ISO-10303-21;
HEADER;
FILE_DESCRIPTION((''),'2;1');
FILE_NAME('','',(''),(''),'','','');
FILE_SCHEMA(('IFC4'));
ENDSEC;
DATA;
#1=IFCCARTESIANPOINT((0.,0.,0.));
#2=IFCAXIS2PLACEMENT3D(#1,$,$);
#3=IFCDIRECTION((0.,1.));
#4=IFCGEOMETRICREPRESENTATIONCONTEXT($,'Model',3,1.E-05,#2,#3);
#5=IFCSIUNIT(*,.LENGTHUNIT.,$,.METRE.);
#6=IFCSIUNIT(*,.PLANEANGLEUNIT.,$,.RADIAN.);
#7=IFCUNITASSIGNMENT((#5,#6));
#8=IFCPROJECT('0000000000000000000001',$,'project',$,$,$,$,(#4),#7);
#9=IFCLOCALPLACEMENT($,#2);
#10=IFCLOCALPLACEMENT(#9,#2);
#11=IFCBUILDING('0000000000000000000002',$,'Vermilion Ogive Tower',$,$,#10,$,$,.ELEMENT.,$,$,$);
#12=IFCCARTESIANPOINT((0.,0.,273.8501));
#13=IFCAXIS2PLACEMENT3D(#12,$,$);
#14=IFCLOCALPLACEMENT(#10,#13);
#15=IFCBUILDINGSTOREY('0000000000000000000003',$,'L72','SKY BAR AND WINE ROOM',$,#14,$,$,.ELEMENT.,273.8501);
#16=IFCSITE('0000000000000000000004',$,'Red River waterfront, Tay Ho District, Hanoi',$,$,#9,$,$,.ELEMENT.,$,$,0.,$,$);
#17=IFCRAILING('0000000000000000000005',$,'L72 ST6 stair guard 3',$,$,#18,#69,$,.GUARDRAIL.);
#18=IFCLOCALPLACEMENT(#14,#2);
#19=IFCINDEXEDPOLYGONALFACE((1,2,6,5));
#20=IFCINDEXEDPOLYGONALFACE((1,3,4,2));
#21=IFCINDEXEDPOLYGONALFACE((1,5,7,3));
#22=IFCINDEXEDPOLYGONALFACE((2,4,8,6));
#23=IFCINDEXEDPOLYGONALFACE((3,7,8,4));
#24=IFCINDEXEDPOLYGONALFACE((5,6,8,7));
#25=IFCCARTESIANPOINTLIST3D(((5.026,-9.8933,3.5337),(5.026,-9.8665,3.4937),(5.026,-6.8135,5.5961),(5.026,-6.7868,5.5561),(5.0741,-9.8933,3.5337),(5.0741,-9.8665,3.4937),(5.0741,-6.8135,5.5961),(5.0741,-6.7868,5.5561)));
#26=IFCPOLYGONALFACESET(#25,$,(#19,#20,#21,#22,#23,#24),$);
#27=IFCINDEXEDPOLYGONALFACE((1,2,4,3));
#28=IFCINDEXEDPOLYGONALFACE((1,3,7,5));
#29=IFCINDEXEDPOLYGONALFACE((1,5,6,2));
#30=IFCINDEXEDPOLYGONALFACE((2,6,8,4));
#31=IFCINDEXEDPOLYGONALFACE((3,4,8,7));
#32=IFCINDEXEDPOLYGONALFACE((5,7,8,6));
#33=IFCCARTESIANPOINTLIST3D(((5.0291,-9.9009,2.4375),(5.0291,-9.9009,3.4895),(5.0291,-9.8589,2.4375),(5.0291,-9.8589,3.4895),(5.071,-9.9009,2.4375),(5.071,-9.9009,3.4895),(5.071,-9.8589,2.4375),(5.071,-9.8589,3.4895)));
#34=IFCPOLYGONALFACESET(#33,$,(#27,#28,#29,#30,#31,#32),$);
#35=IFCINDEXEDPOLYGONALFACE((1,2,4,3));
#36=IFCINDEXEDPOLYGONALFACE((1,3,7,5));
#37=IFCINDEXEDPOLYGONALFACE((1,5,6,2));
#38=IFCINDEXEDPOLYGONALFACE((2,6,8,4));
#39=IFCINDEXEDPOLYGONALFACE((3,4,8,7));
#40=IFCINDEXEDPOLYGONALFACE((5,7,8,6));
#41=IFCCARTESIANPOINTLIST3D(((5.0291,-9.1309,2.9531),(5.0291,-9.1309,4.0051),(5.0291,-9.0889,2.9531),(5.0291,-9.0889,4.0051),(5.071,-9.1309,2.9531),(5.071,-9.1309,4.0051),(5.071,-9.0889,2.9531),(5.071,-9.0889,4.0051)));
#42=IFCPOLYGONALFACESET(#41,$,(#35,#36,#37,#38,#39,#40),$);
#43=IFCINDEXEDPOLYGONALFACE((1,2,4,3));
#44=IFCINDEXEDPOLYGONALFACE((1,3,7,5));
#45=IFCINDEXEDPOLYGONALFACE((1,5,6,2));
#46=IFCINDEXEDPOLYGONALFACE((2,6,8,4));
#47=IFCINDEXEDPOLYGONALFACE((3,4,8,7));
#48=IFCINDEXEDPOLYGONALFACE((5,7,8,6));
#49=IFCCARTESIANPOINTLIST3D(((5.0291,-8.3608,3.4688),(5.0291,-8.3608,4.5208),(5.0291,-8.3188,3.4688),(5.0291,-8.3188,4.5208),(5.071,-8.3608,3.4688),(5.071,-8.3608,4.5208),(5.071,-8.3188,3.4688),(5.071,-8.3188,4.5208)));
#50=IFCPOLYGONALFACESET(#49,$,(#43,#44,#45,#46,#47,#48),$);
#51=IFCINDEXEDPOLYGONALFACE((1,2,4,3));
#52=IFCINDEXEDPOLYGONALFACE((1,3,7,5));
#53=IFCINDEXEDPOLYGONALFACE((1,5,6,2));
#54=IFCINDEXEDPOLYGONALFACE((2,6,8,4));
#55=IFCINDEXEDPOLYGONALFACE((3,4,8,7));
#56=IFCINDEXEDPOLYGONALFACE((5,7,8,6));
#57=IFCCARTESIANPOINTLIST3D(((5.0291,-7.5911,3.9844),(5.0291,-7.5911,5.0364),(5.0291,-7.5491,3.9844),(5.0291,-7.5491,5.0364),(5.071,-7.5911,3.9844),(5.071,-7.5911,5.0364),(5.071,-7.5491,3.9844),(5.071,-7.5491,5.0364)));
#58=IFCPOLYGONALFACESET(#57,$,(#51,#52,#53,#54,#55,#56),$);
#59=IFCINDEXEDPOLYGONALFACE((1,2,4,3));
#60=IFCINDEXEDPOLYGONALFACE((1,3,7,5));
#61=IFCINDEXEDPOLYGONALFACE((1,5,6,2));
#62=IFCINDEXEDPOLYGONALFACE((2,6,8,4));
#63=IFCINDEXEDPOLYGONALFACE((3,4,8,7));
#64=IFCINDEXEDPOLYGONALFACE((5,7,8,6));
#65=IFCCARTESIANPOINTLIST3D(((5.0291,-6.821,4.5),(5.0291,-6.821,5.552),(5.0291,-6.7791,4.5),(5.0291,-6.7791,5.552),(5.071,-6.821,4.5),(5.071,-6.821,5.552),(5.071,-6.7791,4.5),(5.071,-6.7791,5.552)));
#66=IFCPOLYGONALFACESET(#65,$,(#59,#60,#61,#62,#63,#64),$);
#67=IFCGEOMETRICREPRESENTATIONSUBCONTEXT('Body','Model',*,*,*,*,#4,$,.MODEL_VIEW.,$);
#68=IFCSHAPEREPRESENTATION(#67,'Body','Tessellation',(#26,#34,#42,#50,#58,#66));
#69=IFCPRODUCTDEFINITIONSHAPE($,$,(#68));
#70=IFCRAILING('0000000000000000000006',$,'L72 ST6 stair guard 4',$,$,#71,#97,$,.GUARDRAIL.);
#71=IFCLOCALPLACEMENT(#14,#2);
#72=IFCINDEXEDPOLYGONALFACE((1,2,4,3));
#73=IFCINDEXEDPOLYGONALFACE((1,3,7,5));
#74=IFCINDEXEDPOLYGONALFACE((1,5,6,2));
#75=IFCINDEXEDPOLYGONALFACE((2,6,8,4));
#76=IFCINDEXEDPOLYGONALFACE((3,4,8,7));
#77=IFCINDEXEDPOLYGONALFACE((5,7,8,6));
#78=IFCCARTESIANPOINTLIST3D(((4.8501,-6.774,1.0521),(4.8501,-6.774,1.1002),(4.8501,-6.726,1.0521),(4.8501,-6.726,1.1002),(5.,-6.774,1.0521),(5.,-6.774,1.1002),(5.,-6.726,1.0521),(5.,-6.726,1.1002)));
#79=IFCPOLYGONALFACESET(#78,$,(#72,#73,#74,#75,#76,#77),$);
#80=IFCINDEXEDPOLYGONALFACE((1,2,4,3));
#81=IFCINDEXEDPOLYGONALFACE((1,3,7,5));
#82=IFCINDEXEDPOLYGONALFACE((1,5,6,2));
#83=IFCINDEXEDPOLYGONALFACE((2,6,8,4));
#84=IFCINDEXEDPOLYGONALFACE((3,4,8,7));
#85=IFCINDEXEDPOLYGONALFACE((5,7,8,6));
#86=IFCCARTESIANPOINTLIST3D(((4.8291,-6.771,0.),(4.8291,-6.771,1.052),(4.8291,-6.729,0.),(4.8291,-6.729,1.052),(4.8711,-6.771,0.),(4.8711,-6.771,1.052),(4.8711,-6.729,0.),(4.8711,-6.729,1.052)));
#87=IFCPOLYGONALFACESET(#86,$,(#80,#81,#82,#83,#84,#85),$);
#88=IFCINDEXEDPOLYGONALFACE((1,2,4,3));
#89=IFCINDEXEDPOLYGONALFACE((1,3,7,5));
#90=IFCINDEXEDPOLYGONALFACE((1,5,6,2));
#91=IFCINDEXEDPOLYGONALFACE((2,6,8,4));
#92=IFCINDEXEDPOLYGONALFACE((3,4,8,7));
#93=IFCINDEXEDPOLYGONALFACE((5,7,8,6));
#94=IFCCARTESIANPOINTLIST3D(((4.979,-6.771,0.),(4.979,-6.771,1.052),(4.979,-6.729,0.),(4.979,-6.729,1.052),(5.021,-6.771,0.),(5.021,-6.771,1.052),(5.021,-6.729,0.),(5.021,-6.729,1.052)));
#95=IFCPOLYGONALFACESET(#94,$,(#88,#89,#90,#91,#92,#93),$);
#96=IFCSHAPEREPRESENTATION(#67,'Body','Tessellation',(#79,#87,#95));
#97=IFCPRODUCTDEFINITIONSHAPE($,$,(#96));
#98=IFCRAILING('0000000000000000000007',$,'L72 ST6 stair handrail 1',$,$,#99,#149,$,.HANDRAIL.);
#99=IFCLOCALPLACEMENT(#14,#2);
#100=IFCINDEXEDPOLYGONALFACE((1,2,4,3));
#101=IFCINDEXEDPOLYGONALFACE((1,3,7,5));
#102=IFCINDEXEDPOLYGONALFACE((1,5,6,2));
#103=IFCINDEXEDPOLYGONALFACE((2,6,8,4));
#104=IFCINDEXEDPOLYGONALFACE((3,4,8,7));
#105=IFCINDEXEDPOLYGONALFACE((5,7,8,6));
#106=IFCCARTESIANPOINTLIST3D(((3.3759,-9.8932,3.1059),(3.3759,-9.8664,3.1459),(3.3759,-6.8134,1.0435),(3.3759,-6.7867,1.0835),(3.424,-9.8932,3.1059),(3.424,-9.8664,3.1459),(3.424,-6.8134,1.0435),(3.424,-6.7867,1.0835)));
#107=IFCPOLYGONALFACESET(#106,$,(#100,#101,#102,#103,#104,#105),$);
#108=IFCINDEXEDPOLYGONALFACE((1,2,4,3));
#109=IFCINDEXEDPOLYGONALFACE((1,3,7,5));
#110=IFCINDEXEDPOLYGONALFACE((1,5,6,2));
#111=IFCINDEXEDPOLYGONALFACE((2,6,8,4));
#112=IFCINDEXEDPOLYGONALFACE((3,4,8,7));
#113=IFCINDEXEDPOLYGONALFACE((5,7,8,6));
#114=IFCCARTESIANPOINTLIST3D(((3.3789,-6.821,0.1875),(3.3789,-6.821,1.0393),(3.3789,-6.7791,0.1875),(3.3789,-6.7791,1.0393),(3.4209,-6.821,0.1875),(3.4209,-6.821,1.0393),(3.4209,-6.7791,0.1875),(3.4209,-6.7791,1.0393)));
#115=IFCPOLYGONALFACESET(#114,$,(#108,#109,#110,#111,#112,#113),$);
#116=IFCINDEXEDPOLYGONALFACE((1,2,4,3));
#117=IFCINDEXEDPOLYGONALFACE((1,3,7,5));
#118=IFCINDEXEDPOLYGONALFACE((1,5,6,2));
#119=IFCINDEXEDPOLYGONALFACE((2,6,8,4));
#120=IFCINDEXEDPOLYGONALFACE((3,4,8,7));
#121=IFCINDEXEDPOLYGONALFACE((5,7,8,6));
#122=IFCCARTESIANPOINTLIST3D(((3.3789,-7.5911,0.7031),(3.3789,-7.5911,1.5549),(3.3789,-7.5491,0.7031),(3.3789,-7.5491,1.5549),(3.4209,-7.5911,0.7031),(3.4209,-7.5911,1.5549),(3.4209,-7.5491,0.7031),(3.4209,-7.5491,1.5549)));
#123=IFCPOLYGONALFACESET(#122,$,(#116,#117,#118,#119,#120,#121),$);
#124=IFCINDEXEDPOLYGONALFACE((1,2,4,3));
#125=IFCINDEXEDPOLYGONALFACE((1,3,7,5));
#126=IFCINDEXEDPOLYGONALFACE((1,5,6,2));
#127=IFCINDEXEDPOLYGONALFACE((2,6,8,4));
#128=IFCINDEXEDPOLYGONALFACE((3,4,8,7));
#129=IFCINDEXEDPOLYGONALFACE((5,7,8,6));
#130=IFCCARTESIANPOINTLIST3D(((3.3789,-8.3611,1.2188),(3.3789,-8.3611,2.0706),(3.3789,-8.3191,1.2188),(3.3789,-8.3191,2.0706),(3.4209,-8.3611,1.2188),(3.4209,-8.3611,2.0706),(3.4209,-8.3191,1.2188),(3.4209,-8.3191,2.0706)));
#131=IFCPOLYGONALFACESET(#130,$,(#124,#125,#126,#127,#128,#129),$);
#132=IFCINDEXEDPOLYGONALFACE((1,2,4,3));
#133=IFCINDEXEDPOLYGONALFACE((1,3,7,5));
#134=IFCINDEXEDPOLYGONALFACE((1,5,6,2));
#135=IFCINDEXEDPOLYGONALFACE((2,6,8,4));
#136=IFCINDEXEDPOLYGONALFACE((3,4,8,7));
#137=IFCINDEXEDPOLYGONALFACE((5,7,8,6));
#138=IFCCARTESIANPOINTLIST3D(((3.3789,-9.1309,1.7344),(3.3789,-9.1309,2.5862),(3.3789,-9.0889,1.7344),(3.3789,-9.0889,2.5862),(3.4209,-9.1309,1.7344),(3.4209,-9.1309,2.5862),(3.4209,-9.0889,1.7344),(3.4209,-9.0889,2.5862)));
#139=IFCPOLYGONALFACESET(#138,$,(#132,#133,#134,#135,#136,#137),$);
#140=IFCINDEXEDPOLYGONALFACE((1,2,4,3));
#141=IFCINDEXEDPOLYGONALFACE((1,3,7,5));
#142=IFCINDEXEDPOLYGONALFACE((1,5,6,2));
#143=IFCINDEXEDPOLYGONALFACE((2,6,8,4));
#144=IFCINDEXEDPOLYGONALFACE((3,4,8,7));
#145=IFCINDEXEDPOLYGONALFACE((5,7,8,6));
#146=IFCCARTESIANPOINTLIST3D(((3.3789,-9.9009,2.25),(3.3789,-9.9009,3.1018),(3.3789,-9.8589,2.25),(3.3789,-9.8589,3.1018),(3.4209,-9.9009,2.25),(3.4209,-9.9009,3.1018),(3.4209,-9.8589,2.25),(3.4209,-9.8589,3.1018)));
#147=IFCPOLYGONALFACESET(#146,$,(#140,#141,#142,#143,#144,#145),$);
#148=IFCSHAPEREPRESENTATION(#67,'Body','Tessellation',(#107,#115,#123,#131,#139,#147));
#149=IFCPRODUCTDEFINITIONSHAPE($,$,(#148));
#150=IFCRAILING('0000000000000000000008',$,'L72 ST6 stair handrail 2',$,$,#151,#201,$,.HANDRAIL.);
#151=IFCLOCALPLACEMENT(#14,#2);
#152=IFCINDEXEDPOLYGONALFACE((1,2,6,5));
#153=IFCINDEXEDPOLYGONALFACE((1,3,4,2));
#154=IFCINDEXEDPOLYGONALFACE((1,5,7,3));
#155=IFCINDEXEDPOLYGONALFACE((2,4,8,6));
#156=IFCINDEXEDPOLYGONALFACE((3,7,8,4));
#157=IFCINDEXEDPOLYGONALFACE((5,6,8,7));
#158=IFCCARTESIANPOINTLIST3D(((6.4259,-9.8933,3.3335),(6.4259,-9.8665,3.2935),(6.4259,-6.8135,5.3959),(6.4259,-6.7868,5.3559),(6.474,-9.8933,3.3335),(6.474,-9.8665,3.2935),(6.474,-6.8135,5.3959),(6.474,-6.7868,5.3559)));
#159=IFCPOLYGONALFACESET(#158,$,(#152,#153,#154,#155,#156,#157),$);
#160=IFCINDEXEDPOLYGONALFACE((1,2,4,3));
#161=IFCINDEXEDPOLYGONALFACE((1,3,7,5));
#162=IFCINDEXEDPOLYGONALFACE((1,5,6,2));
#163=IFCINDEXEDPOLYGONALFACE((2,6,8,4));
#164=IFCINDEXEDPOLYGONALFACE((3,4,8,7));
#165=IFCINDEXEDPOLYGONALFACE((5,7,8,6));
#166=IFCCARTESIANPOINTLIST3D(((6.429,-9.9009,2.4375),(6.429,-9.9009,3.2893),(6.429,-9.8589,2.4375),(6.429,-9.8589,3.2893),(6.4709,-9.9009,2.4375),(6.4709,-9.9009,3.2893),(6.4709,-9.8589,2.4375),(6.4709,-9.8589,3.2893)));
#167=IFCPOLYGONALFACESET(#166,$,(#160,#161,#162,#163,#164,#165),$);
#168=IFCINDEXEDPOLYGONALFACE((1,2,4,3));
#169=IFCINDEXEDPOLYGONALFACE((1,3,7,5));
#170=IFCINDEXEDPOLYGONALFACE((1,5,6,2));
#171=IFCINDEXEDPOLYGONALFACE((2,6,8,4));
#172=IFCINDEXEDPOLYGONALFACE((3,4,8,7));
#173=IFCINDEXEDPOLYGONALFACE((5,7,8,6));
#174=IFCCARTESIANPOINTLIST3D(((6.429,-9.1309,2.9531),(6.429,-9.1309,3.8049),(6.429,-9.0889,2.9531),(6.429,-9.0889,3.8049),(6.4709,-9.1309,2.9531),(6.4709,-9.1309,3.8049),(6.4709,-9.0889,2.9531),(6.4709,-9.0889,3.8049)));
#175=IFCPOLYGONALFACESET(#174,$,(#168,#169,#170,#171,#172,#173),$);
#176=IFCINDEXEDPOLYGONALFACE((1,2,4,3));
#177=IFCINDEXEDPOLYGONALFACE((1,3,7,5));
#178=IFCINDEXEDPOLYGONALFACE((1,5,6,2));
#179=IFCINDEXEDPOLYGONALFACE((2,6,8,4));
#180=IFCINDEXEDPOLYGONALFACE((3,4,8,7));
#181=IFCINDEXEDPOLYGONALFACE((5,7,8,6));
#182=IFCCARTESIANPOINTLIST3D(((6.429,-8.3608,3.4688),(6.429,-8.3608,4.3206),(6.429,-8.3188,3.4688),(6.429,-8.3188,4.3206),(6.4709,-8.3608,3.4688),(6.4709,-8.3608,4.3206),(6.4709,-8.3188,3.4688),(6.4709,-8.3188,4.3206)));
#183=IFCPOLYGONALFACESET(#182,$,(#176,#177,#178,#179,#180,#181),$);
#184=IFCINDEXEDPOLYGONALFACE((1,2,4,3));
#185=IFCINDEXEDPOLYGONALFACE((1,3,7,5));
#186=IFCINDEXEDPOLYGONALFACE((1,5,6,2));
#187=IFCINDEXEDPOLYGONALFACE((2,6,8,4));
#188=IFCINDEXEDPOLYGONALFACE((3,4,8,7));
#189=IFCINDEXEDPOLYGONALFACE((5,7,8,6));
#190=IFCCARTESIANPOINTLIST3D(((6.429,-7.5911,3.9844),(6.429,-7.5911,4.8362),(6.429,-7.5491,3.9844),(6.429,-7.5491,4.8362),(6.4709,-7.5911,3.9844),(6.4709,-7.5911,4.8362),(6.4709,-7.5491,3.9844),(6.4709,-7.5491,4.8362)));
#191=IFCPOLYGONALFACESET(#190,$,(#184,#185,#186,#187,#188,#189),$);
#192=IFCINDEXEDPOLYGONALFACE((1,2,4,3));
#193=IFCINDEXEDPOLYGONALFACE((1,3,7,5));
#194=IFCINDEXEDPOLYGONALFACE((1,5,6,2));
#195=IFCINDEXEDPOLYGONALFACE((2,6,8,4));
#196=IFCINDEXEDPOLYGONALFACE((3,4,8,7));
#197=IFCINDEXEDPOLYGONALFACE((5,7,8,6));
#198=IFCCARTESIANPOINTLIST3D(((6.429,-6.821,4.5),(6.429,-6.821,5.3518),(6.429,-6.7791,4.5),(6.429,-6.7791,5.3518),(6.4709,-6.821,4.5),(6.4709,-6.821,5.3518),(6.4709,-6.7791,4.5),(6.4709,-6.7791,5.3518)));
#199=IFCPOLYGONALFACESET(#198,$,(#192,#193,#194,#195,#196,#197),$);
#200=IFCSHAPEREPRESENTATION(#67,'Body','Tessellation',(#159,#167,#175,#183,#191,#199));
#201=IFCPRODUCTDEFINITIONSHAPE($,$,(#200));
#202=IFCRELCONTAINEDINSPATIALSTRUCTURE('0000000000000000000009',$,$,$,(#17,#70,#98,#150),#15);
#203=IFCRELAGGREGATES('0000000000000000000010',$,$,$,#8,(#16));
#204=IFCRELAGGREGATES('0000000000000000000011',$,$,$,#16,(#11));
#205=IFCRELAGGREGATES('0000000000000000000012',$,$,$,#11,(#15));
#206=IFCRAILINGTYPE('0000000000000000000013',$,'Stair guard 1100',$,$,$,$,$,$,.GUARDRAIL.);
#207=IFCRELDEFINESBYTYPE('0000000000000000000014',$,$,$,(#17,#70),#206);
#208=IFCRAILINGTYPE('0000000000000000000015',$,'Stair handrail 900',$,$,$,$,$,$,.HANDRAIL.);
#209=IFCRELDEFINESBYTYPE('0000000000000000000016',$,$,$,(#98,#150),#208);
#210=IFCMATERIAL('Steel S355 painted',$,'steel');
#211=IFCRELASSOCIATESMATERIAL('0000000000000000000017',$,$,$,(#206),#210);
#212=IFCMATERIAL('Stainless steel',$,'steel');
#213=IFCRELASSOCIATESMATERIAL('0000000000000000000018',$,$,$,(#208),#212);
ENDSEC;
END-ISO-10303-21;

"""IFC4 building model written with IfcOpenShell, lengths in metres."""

from ifc_helpers import new_model, si_unit, direction, frame, origin, origin_2d, place, context, subcontext, project, spatial, rectangle, extrude, material, type_object, element, save


model = new_model("IFC4")

# Units and contexts
model_context = context("Model", 3, precision=1e-05, world=origin(), true_north=direction((0.0, 1.0)))
body_context = subcontext(model_context, "Body", "Model", "MODEL_VIEW")
ifc_project = project(units=[si_unit("LENGTHUNIT", "METRE"), si_unit("PLANEANGLEUNIT", "RADIAN")], contexts=[model_context])

# Site, building, storey
site_placement = place(None, origin())
site = spatial("IfcSite", under=ifc_project, at=site_placement, Name="Red River waterfront, Tay Ho District, Hanoi", CompositionType="ELEMENT", RefElevation=0.0)
building_placement = place(site_placement, origin())
building = spatial("IfcBuilding", under=site, at=building_placement, Name="Vermilion Ogive Tower", CompositionType="ELEMENT")
storey_placement = place(building_placement, frame((0.0, 0.0, 273.8501)))
storey = spatial("IfcBuildingStorey", under=building, at=storey_placement, Name="L72", Description="SKY BAR AND WINE ROOM", CompositionType="ELEMENT", Elevation=273.8501)

# Railings
ifc_material_1 = material(Name="Steel S355 painted", Category="steel")
railing_type_1 = type_object("IfcRailingType", Name="Stair guard 1100", PredefinedType="GUARDRAIL", material=ifc_material_1)
railing_1_placement = place(storey_placement, frame((5.05, -9.8799, 2.4375)))
element("IfcRailing", 1, at=railing_1_placement, inside=storey, type_object=railing_type_1, Name="L72 ST6 stair guard 3", PredefinedType="GUARDRAIL", context=body_context, shape_type="SweptSolid", body=[
    extrude(rectangle(XDim=0.0481, YDim=0.0481, at=origin_2d()), frame((0.0, 0.0, 1.0762), z_axis=(0.0, 0.830893, 0.556432), x_axis=(-1.0, 0.0, 0.0)), (0.0, 0.0, 1.0), 3.7065),
    extrude(rectangle(XDim=0.042, YDim=0.042, at=origin_2d()), origin(), (0.0, 0.0, 1.0), 1.052),
    extrude(rectangle(XDim=0.042, YDim=0.042, at=origin_2d()), frame((0.0, 0.77, 0.5156)), (0.0, 0.0, 1.0), 1.052),
    extrude(rectangle(XDim=0.042, YDim=0.042, at=origin_2d()), frame((0.0, 1.54, 1.0312)), (0.0, 0.0, 1.0), 1.052),
    extrude(rectangle(XDim=0.042, YDim=0.042, at=origin_2d()), frame((0.0, 2.3098, 1.5469)), (0.0, 0.0, 1.0), 1.052),
    extrude(rectangle(XDim=0.042, YDim=0.042, at=origin_2d()), frame((0.0, 3.0798, 2.0625)), (0.0, 0.0, 1.0), 1.052),
])
railing_2_placement = place(storey_placement, frame((4.8501, -6.75, 0.0)))
element("IfcRailing", 2, at=railing_2_placement, inside=storey, type_object=railing_type_1, Name="L72 ST6 stair guard 4", PredefinedType="GUARDRAIL", context=body_context, shape_type="SweptSolid", body=[
    extrude(rectangle(XDim=0.0481, YDim=0.0481, at=origin_2d()), frame((0.0, 0.0, 1.0762), z_axis=(1.0, 0.0, 0.0), x_axis=(0.0, 1.0, 0.0)), (0.0, 0.0, 1.0), 0.1499),
    extrude(rectangle(XDim=0.042, YDim=0.042, at=origin_2d()), origin(), (0.0, 0.0, 1.0), 1.052),
    extrude(rectangle(XDim=0.042, YDim=0.042, at=origin_2d()), frame((0.1499, 0.0, 0.0)), (0.0, 0.0, 1.0), 1.052),
])
ifc_material_2 = material(Name="Stainless steel", Category="steel")
railing_type_2 = type_object("IfcRailingType", Name="Stair handrail 900", PredefinedType="HANDRAIL", material=ifc_material_2)
railing_3_placement = place(storey_placement, frame((3.3999, -6.8, 0.1875)))
element("IfcRailing", 3, at=railing_3_placement, inside=storey, type_object=railing_type_2, Name="L72 ST6 stair handrail 1", PredefinedType="HANDRAIL", context=body_context, shape_type="SweptSolid", body=[
    extrude(rectangle(XDim=0.0481, YDim=0.0481, at=origin_2d()), frame((0.0, 0.0, 0.876), z_axis=(0.0, -0.830893, 0.556432), x_axis=(1.0, 0.0, 0.0)), (0.0, 0.0, 1.0), 3.7065),
    extrude(rectangle(XDim=0.042, YDim=0.042, at=origin_2d()), origin(), (0.0, 0.0, 1.0), 0.8518),
    extrude(rectangle(XDim=0.042, YDim=0.042, at=origin_2d()), frame((0.0, -0.77, 0.5156)), (0.0, 0.0, 1.0), 0.8518),
    extrude(rectangle(XDim=0.042, YDim=0.042, at=origin_2d()), frame((0.0, -1.54, 1.0312)), (0.0, 0.0, 1.0), 0.8518),
    extrude(rectangle(XDim=0.042, YDim=0.042, at=origin_2d()), frame((0.0, -2.3098, 1.5469)), (0.0, 0.0, 1.0), 0.8518),
    extrude(rectangle(XDim=0.042, YDim=0.042, at=origin_2d()), frame((0.0, -3.0798, 2.0625)), (0.0, 0.0, 1.0), 0.8518),
])
railing_4_placement = place(storey_placement, frame((6.45, -9.8799, 2.4375)))
element("IfcRailing", 4, at=railing_4_placement, inside=storey, type_object=railing_type_2, Name="L72 ST6 stair handrail 2", PredefinedType="HANDRAIL", context=body_context, shape_type="SweptSolid", body=[
    extrude(rectangle(XDim=0.0481, YDim=0.0481, at=origin_2d()), frame((0.0, 0.0, 0.876), z_axis=(0.0, 0.830893, 0.556432), x_axis=(-1.0, 0.0, 0.0)), (0.0, 0.0, 1.0), 3.7065),
    extrude(rectangle(XDim=0.042, YDim=0.042, at=origin_2d()), origin(), (0.0, 0.0, 1.0), 0.8518),
    extrude(rectangle(XDim=0.042, YDim=0.042, at=origin_2d()), frame((0.0, 0.77, 0.5156)), (0.0, 0.0, 1.0), 0.8518),
    extrude(rectangle(XDim=0.042, YDim=0.042, at=origin_2d()), frame((0.0, 1.54, 1.0312)), (0.0, 0.0, 1.0), 0.8518),
    extrude(rectangle(XDim=0.042, YDim=0.042, at=origin_2d()), frame((0.0, 2.3098, 1.5469)), (0.0, 0.0, 1.0), 0.8518),
    extrude(rectangle(XDim=0.042, YDim=0.042, at=origin_2d()), frame((0.0, 3.0798, 2.0625)), (0.0, 0.0, 1.0), 0.8518),
])

save(model, "model.ifc")
